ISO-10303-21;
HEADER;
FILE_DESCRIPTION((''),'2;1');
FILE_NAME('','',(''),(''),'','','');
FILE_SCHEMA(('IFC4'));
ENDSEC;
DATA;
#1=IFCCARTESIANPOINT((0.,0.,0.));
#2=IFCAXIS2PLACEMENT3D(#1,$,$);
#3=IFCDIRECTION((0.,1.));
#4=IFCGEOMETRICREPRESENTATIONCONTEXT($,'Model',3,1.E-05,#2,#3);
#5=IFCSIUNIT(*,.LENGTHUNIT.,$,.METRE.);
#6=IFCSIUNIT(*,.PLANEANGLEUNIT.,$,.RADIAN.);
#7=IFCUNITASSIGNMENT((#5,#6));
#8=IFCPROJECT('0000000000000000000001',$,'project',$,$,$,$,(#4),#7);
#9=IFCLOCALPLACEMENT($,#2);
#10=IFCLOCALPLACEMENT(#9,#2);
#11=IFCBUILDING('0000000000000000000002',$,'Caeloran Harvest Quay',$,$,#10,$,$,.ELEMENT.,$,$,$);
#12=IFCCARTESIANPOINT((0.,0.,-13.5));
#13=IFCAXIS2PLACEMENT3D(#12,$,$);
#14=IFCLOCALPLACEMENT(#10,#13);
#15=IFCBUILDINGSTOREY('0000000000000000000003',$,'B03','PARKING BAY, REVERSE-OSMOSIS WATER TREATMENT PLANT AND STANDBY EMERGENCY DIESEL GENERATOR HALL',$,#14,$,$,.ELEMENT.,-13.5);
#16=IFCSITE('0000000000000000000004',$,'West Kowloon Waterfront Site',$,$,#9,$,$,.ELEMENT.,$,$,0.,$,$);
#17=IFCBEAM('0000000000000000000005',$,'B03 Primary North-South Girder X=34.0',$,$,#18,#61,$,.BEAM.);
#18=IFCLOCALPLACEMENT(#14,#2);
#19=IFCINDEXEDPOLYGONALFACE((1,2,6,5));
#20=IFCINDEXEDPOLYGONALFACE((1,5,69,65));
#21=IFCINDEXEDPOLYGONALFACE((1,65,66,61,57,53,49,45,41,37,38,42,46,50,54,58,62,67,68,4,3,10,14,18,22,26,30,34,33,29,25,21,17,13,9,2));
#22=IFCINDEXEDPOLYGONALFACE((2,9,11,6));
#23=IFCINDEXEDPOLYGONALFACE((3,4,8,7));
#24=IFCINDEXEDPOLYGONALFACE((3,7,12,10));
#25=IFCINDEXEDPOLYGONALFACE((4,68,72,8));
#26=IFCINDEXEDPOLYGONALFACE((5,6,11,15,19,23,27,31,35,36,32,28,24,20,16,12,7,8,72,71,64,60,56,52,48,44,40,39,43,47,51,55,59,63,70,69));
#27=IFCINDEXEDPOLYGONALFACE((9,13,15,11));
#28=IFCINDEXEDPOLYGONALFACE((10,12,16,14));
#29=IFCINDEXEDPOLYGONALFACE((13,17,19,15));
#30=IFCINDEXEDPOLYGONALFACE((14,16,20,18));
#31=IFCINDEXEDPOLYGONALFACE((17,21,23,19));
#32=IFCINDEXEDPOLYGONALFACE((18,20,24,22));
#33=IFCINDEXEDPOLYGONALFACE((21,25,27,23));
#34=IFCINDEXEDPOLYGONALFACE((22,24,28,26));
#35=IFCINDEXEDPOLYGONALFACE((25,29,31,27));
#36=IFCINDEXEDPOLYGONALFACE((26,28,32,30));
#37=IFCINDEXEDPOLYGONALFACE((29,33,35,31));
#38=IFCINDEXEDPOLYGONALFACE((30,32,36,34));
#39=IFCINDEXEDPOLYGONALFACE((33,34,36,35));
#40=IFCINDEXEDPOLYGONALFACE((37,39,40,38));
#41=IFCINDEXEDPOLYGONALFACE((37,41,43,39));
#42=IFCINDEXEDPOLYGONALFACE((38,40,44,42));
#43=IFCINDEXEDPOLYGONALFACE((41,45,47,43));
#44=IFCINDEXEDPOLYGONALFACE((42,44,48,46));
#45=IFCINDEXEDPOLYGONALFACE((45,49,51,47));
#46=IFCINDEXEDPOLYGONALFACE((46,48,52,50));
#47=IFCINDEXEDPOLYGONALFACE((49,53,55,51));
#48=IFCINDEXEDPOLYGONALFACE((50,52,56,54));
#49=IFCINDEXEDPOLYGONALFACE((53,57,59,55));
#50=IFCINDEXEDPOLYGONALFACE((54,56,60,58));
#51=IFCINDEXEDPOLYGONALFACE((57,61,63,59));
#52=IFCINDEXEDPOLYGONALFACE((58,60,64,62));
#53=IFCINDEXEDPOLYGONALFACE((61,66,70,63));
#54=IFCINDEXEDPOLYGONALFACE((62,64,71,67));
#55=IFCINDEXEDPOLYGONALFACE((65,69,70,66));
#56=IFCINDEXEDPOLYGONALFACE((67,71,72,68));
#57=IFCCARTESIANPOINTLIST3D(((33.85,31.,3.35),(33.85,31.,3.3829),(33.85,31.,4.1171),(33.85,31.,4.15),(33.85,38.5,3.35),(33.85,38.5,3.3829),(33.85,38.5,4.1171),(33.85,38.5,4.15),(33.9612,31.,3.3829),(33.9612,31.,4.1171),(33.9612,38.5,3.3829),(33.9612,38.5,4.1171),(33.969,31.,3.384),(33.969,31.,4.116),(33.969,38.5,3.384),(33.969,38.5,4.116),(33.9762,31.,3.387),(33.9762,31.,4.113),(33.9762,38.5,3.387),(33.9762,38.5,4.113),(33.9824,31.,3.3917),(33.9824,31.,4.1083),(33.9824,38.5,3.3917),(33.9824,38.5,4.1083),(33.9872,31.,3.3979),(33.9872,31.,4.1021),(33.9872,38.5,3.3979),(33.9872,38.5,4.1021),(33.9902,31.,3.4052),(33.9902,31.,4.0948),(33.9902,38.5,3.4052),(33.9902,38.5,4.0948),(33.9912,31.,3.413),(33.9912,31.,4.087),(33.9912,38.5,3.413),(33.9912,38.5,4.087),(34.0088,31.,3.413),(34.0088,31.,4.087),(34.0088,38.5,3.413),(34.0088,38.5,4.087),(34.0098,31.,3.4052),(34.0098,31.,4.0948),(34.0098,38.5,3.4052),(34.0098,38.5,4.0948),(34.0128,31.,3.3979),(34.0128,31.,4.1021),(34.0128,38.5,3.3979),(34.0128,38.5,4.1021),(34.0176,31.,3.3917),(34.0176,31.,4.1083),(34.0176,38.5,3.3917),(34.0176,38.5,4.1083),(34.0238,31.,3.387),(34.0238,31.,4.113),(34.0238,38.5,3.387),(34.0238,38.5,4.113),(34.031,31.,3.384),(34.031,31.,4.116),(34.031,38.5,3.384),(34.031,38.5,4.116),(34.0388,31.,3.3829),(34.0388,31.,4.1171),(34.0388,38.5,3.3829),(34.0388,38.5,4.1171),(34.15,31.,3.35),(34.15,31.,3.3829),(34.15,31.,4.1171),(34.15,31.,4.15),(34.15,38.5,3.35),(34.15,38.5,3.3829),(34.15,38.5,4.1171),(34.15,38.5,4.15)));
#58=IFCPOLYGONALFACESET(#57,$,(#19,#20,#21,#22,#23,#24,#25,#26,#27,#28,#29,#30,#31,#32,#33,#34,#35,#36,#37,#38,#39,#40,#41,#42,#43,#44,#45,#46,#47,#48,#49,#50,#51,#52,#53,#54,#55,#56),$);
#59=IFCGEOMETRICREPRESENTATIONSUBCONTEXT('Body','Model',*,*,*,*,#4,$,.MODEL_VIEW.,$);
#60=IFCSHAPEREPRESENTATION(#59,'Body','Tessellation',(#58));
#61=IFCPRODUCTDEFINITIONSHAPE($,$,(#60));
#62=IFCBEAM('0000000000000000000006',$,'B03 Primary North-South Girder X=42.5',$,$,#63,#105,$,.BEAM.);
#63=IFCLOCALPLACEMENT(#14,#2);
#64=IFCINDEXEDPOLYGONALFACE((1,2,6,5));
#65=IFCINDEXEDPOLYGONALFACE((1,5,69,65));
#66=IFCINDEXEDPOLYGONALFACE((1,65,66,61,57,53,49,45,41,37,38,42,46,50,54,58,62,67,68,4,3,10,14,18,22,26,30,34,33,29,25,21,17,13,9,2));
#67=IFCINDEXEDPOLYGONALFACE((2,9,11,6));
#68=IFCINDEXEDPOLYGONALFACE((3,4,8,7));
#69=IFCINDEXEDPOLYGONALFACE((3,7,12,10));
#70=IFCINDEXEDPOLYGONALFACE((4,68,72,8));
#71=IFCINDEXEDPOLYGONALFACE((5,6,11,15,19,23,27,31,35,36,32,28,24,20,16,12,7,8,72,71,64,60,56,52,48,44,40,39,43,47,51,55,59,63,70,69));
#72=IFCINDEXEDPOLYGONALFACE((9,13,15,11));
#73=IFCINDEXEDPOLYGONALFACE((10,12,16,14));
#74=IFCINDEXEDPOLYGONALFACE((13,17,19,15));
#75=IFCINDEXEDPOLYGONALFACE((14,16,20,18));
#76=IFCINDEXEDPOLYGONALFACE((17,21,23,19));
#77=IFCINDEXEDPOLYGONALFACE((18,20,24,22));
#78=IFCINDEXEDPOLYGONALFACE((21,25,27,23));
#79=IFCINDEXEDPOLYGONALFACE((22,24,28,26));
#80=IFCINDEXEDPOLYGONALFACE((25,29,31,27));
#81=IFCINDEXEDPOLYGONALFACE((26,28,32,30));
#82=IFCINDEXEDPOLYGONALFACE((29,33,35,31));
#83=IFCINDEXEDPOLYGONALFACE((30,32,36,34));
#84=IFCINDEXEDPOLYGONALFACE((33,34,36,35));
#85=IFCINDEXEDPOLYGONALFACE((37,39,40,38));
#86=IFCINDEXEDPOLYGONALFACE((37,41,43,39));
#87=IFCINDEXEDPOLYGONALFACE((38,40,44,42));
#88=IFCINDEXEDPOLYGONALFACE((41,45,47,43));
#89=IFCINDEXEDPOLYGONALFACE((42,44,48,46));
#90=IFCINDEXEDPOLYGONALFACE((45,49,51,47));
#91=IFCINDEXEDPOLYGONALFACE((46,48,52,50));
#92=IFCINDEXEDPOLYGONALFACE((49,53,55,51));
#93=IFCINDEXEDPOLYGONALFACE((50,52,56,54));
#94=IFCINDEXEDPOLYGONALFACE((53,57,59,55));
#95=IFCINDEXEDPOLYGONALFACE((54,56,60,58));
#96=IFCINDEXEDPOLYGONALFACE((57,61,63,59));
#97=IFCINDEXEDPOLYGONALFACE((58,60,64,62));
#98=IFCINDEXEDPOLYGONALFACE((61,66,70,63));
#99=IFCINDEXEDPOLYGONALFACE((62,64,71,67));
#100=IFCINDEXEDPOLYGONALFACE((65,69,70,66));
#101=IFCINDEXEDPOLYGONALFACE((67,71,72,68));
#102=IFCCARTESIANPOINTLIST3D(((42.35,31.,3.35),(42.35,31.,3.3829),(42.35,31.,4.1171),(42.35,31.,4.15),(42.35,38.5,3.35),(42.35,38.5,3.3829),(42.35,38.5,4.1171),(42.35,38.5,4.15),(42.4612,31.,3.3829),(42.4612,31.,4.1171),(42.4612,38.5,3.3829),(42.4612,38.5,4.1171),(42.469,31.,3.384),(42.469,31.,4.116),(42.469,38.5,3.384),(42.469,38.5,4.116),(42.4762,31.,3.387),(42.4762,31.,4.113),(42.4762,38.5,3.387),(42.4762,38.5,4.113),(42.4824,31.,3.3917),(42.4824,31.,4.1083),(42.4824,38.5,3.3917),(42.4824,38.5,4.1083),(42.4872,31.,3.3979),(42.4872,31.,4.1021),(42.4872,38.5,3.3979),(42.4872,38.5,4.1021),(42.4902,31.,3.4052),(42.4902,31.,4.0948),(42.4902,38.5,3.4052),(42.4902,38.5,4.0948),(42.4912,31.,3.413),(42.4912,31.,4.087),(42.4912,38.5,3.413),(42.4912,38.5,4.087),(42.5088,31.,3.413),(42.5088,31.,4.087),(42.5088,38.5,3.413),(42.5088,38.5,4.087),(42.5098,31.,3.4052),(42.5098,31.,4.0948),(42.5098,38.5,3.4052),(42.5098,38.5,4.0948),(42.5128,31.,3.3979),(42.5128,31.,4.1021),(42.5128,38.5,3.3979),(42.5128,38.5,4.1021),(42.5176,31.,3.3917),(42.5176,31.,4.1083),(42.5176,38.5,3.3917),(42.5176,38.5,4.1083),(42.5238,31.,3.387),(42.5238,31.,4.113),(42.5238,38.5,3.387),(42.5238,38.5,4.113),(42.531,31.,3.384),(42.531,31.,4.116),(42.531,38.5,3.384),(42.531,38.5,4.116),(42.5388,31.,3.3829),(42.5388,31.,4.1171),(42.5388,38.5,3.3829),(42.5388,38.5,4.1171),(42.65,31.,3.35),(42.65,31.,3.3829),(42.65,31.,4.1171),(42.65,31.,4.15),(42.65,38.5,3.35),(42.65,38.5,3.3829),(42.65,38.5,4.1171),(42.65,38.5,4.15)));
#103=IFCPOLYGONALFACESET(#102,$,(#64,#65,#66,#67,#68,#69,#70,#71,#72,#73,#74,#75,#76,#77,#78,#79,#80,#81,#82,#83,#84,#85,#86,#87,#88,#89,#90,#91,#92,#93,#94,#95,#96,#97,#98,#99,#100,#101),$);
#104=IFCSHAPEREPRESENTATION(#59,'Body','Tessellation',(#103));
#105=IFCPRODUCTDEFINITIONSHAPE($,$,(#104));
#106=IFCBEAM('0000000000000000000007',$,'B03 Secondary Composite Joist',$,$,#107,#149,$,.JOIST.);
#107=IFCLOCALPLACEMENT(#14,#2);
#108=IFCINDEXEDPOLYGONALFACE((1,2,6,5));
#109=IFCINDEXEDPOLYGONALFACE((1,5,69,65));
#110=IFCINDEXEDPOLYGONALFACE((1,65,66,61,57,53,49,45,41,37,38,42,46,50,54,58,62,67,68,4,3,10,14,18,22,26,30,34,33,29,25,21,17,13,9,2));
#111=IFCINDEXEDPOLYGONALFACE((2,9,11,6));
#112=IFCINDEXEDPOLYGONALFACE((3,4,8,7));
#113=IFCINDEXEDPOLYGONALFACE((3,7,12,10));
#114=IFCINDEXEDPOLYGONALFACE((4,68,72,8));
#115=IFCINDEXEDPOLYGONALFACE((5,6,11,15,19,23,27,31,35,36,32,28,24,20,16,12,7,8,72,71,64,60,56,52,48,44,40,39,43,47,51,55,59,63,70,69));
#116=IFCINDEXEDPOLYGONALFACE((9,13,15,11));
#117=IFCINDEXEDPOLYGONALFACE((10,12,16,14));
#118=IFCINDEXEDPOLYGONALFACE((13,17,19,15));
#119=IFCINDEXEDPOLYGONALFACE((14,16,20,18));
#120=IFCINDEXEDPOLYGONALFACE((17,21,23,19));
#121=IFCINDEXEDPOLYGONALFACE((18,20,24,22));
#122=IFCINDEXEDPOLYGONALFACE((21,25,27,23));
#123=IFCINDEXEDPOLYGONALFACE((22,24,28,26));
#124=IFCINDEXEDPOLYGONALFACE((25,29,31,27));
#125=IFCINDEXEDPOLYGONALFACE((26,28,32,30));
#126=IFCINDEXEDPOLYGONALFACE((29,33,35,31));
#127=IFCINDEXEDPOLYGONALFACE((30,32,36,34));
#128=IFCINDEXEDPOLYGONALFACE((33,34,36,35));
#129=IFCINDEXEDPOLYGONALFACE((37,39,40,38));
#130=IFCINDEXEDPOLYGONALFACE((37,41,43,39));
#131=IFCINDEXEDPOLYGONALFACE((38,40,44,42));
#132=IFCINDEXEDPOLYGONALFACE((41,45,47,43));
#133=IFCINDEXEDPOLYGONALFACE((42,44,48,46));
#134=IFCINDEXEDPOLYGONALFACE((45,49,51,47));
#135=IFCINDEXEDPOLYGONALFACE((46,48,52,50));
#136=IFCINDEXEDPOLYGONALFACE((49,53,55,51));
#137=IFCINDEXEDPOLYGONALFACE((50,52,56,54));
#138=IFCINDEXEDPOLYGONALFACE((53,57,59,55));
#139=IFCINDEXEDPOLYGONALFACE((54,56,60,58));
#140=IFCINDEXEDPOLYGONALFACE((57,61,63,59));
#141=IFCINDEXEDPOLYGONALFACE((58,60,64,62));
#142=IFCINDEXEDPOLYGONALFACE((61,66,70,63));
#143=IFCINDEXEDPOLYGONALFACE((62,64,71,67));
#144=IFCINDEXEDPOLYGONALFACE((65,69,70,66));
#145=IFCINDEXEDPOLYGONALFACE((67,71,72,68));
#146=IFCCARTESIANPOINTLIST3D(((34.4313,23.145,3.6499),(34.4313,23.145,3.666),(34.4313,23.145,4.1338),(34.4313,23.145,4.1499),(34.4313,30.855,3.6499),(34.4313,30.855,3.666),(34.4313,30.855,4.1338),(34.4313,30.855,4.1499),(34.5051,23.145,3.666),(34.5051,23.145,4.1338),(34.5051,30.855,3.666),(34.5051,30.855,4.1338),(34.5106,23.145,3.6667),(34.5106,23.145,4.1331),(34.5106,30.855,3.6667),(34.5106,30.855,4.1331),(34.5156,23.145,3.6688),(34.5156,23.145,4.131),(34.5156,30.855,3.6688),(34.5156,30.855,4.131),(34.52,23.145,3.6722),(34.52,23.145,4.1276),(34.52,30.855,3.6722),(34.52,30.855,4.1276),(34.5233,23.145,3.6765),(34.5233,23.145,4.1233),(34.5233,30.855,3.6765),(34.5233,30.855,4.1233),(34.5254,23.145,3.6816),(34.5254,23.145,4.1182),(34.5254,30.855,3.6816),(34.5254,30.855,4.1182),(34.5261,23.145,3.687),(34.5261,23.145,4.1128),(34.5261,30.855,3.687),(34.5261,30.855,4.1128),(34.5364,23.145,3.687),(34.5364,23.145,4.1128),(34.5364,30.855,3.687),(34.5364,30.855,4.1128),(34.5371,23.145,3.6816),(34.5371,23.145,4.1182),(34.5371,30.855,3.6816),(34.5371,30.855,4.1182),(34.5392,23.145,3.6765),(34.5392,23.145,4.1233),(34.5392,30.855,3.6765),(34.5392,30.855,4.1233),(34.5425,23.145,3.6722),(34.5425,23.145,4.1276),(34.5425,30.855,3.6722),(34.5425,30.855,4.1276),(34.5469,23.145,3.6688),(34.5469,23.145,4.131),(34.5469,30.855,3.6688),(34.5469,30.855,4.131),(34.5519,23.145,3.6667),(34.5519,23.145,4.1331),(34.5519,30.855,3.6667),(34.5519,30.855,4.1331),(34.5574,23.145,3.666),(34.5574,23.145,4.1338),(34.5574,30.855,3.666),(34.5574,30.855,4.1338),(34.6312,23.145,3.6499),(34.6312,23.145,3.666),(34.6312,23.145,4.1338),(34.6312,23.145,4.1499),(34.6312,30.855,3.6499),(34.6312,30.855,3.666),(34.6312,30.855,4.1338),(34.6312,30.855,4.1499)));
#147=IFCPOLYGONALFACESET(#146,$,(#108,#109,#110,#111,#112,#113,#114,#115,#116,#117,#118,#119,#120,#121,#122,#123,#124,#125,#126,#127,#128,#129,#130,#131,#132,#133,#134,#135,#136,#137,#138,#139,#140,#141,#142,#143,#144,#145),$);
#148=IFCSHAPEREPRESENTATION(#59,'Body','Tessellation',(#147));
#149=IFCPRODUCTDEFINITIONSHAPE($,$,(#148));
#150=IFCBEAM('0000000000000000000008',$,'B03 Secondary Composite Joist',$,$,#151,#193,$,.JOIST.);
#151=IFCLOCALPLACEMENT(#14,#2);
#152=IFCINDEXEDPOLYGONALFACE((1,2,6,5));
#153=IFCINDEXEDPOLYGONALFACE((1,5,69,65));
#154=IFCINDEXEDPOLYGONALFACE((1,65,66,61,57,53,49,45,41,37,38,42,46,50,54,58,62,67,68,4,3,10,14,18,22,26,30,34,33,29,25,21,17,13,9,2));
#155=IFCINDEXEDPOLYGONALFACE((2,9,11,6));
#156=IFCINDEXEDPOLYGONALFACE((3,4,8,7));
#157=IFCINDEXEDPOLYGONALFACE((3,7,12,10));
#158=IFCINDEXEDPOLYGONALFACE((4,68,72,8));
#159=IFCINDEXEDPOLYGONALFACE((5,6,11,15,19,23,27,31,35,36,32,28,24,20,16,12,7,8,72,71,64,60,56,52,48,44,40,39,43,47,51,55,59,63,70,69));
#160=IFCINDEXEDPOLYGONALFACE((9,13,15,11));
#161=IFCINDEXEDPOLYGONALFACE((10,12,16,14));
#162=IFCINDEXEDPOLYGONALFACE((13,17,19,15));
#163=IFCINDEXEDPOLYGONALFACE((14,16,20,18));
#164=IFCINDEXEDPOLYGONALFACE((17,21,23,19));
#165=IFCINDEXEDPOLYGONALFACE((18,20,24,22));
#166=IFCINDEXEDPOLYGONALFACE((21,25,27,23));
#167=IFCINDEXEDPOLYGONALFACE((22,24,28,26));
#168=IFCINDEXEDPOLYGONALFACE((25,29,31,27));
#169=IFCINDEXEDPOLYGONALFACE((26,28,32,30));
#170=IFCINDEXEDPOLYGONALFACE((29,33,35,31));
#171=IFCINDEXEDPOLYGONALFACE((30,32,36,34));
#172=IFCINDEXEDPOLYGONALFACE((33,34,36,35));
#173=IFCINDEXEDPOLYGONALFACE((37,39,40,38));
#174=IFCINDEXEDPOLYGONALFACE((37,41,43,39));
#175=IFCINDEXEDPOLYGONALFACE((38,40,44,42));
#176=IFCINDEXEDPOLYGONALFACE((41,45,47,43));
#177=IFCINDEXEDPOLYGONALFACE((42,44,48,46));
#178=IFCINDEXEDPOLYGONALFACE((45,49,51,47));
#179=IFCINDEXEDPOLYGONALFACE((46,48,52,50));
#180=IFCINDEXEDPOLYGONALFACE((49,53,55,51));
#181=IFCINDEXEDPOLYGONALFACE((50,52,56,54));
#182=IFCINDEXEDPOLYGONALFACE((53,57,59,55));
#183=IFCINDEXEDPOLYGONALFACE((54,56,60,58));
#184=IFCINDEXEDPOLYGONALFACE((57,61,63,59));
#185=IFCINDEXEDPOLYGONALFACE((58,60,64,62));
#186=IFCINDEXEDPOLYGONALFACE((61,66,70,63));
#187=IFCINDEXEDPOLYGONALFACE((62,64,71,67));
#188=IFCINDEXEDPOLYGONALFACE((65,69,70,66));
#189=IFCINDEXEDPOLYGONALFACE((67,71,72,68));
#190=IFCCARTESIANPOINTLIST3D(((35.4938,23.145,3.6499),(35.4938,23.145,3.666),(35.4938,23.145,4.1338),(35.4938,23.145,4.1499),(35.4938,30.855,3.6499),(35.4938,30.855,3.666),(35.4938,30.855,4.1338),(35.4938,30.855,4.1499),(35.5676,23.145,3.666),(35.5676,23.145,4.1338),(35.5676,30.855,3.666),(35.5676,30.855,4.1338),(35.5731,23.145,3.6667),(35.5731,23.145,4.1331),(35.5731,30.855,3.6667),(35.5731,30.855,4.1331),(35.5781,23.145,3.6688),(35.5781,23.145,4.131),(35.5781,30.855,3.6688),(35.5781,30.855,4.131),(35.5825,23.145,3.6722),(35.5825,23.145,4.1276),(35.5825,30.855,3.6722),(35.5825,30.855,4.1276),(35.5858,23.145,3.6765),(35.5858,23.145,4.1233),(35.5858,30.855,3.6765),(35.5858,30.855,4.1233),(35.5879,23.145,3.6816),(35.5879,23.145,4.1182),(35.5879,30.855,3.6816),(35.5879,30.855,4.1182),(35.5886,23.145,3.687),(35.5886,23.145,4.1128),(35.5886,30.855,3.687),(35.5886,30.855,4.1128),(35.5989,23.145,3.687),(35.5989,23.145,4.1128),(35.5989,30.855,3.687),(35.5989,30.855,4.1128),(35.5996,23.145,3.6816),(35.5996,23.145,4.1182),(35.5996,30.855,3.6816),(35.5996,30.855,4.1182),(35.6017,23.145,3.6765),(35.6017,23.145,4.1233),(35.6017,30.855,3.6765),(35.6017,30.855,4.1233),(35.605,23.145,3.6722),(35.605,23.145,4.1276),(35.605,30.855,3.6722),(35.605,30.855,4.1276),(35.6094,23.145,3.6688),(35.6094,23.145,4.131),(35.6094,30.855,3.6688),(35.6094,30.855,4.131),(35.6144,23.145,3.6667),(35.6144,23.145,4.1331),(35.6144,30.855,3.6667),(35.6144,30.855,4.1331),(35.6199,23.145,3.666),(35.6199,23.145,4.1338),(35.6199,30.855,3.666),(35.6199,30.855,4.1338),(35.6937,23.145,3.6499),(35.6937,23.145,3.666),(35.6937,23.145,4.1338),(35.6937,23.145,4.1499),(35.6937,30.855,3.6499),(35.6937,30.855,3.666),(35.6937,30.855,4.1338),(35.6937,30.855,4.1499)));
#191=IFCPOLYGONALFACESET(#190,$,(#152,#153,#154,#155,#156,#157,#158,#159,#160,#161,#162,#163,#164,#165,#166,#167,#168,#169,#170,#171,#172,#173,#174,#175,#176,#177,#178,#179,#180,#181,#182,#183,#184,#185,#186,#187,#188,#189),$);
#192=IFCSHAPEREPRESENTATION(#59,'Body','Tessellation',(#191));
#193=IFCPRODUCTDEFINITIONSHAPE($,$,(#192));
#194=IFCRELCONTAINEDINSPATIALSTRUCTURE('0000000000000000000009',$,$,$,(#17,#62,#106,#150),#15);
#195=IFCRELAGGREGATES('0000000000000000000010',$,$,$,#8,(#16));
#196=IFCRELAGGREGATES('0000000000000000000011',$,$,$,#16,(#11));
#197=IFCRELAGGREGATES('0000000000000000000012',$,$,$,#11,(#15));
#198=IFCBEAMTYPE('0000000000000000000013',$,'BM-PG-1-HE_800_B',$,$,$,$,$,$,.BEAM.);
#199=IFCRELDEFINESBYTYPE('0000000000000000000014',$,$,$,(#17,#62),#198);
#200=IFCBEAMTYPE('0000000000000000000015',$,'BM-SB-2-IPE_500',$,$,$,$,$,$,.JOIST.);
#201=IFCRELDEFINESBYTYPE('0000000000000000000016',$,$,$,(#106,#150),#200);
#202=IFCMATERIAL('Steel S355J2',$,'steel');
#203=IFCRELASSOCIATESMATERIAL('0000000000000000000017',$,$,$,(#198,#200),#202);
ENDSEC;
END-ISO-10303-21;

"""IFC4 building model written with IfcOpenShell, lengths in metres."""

from ifc_helpers import new_model, si_unit, direction, frame, origin, origin_2d, place, context, subcontext, project, spatial, i_section, extrude, material, material_profile, profile_set, type_object, element, save


model = new_model("IFC4")

# Units and contexts
model_context = context("Model", 3, precision=1e-05, world=origin(), true_north=direction((0.0, 1.0)))
body_context = subcontext(model_context, "Body", "Model", "MODEL_VIEW")
ifc_project = project(units=[si_unit("LENGTHUNIT", "METRE"), si_unit("PLANEANGLEUNIT", "RADIAN")], contexts=[model_context])

# Site, building, storey
site_placement = place(None, origin())
site = spatial("IfcSite", under=ifc_project, at=site_placement, Name="West Kowloon Waterfront Site", CompositionType="ELEMENT", RefElevation=0.0)
building_placement = place(site_placement, origin())
building = spatial("IfcBuilding", under=site, at=building_placement, Name="Caeloran Harvest Quay", CompositionType="ELEMENT")
storey_placement = place(building_placement, frame((0.0, 0.0, -13.5)))
storey = spatial("IfcBuildingStorey", under=building, at=storey_placement, Name="B03", Description="PARKING BAY, REVERSE-OSMOSIS WATER TREATMENT PLANT AND STANDBY EMERGENCY DIESEL GENERATOR HALL", CompositionType="ELEMENT", Elevation=-13.5)

# Beams
ifc_material_1 = material(Name="Steel S355J2", Category="steel")
ifc_material_profile_1 = material_profile(ifc_material_1, i_section(OverallWidth=0.3, OverallDepth=0.8, WebThickness=0.0176, FlangeThickness=0.033, FilletRadius=0.03, at=origin_2d()), Name="HE 800 B")
ifc_profile_set_1 = profile_set([ifc_material_profile_1], Name="Steel S355J2")
beam_type_1 = type_object("IfcBeamType", Name="BM-PG-1-HE_800_B", PredefinedType="BEAM", material=ifc_profile_set_1)
for number, where, z_axis, x_axis, name in (
    (1, (34.0, 31.0, 3.75), (0.0, 1.0, 0.0), (-1.0, 0.0, 0.0), "B03 Primary North-South Girder X=34.0"),
    (2, (42.5, 31.0, 3.75), (0.0, 1.0, 0.0), (-1.0, 0.0, 0.0), "B03 Primary North-South Girder X=42.5"),
):
    element("IfcBeam", number, at=place(storey_placement, frame(where, z_axis=z_axis, x_axis=x_axis)), inside=storey, type_object=beam_type_1, Name=name, PredefinedType="BEAM", context=body_context, shape_type="SweptSolid", body=[
        extrude(i_section(OverallWidth=0.3, OverallDepth=0.8, WebThickness=0.0176, FlangeThickness=0.033, FilletRadius=0.03, at=origin_2d()), origin(), (0.0, 0.0, 1.0), 7.5),
    ])
ifc_material_profile_2 = material_profile(ifc_material_1, i_section(OverallWidth=0.2, OverallDepth=0.5, WebThickness=0.0103, FlangeThickness=0.0161, FilletRadius=0.021, at=origin_2d()), Name="IPE 500")
ifc_profile_set_2 = profile_set([ifc_material_profile_2], Name="Steel S355J2")
beam_type_2 = type_object("IfcBeamType", Name="BM-SB-2-IPE_500", PredefinedType="JOIST", material=ifc_profile_set_2)
for number, where, z_axis, x_axis, name in (
    (3, (34.5312, 23.145, 3.8999), (0.0, 1.0, 0.0), (-1.0, 0.0, 0.0), "B03 Secondary Composite Joist"),
    (4, (35.5938, 23.145, 3.8999), (0.0, 1.0, 0.0), (-1.0, 0.0, 0.0), "B03 Secondary Composite Joist"),
):
    element("IfcBeam", number, at=place(storey_placement, frame(where, z_axis=z_axis, x_axis=x_axis)), inside=storey, type_object=beam_type_2, Name=name, PredefinedType="JOIST", context=body_context, shape_type="SweptSolid", body=[
        extrude(i_section(OverallWidth=0.2, OverallDepth=0.5, WebThickness=0.0103, FlangeThickness=0.0161, FilletRadius=0.021, at=origin_2d()), origin(), (0.0, 0.0, 1.0), 7.71),
    ])

save(model, "model.ifc")
